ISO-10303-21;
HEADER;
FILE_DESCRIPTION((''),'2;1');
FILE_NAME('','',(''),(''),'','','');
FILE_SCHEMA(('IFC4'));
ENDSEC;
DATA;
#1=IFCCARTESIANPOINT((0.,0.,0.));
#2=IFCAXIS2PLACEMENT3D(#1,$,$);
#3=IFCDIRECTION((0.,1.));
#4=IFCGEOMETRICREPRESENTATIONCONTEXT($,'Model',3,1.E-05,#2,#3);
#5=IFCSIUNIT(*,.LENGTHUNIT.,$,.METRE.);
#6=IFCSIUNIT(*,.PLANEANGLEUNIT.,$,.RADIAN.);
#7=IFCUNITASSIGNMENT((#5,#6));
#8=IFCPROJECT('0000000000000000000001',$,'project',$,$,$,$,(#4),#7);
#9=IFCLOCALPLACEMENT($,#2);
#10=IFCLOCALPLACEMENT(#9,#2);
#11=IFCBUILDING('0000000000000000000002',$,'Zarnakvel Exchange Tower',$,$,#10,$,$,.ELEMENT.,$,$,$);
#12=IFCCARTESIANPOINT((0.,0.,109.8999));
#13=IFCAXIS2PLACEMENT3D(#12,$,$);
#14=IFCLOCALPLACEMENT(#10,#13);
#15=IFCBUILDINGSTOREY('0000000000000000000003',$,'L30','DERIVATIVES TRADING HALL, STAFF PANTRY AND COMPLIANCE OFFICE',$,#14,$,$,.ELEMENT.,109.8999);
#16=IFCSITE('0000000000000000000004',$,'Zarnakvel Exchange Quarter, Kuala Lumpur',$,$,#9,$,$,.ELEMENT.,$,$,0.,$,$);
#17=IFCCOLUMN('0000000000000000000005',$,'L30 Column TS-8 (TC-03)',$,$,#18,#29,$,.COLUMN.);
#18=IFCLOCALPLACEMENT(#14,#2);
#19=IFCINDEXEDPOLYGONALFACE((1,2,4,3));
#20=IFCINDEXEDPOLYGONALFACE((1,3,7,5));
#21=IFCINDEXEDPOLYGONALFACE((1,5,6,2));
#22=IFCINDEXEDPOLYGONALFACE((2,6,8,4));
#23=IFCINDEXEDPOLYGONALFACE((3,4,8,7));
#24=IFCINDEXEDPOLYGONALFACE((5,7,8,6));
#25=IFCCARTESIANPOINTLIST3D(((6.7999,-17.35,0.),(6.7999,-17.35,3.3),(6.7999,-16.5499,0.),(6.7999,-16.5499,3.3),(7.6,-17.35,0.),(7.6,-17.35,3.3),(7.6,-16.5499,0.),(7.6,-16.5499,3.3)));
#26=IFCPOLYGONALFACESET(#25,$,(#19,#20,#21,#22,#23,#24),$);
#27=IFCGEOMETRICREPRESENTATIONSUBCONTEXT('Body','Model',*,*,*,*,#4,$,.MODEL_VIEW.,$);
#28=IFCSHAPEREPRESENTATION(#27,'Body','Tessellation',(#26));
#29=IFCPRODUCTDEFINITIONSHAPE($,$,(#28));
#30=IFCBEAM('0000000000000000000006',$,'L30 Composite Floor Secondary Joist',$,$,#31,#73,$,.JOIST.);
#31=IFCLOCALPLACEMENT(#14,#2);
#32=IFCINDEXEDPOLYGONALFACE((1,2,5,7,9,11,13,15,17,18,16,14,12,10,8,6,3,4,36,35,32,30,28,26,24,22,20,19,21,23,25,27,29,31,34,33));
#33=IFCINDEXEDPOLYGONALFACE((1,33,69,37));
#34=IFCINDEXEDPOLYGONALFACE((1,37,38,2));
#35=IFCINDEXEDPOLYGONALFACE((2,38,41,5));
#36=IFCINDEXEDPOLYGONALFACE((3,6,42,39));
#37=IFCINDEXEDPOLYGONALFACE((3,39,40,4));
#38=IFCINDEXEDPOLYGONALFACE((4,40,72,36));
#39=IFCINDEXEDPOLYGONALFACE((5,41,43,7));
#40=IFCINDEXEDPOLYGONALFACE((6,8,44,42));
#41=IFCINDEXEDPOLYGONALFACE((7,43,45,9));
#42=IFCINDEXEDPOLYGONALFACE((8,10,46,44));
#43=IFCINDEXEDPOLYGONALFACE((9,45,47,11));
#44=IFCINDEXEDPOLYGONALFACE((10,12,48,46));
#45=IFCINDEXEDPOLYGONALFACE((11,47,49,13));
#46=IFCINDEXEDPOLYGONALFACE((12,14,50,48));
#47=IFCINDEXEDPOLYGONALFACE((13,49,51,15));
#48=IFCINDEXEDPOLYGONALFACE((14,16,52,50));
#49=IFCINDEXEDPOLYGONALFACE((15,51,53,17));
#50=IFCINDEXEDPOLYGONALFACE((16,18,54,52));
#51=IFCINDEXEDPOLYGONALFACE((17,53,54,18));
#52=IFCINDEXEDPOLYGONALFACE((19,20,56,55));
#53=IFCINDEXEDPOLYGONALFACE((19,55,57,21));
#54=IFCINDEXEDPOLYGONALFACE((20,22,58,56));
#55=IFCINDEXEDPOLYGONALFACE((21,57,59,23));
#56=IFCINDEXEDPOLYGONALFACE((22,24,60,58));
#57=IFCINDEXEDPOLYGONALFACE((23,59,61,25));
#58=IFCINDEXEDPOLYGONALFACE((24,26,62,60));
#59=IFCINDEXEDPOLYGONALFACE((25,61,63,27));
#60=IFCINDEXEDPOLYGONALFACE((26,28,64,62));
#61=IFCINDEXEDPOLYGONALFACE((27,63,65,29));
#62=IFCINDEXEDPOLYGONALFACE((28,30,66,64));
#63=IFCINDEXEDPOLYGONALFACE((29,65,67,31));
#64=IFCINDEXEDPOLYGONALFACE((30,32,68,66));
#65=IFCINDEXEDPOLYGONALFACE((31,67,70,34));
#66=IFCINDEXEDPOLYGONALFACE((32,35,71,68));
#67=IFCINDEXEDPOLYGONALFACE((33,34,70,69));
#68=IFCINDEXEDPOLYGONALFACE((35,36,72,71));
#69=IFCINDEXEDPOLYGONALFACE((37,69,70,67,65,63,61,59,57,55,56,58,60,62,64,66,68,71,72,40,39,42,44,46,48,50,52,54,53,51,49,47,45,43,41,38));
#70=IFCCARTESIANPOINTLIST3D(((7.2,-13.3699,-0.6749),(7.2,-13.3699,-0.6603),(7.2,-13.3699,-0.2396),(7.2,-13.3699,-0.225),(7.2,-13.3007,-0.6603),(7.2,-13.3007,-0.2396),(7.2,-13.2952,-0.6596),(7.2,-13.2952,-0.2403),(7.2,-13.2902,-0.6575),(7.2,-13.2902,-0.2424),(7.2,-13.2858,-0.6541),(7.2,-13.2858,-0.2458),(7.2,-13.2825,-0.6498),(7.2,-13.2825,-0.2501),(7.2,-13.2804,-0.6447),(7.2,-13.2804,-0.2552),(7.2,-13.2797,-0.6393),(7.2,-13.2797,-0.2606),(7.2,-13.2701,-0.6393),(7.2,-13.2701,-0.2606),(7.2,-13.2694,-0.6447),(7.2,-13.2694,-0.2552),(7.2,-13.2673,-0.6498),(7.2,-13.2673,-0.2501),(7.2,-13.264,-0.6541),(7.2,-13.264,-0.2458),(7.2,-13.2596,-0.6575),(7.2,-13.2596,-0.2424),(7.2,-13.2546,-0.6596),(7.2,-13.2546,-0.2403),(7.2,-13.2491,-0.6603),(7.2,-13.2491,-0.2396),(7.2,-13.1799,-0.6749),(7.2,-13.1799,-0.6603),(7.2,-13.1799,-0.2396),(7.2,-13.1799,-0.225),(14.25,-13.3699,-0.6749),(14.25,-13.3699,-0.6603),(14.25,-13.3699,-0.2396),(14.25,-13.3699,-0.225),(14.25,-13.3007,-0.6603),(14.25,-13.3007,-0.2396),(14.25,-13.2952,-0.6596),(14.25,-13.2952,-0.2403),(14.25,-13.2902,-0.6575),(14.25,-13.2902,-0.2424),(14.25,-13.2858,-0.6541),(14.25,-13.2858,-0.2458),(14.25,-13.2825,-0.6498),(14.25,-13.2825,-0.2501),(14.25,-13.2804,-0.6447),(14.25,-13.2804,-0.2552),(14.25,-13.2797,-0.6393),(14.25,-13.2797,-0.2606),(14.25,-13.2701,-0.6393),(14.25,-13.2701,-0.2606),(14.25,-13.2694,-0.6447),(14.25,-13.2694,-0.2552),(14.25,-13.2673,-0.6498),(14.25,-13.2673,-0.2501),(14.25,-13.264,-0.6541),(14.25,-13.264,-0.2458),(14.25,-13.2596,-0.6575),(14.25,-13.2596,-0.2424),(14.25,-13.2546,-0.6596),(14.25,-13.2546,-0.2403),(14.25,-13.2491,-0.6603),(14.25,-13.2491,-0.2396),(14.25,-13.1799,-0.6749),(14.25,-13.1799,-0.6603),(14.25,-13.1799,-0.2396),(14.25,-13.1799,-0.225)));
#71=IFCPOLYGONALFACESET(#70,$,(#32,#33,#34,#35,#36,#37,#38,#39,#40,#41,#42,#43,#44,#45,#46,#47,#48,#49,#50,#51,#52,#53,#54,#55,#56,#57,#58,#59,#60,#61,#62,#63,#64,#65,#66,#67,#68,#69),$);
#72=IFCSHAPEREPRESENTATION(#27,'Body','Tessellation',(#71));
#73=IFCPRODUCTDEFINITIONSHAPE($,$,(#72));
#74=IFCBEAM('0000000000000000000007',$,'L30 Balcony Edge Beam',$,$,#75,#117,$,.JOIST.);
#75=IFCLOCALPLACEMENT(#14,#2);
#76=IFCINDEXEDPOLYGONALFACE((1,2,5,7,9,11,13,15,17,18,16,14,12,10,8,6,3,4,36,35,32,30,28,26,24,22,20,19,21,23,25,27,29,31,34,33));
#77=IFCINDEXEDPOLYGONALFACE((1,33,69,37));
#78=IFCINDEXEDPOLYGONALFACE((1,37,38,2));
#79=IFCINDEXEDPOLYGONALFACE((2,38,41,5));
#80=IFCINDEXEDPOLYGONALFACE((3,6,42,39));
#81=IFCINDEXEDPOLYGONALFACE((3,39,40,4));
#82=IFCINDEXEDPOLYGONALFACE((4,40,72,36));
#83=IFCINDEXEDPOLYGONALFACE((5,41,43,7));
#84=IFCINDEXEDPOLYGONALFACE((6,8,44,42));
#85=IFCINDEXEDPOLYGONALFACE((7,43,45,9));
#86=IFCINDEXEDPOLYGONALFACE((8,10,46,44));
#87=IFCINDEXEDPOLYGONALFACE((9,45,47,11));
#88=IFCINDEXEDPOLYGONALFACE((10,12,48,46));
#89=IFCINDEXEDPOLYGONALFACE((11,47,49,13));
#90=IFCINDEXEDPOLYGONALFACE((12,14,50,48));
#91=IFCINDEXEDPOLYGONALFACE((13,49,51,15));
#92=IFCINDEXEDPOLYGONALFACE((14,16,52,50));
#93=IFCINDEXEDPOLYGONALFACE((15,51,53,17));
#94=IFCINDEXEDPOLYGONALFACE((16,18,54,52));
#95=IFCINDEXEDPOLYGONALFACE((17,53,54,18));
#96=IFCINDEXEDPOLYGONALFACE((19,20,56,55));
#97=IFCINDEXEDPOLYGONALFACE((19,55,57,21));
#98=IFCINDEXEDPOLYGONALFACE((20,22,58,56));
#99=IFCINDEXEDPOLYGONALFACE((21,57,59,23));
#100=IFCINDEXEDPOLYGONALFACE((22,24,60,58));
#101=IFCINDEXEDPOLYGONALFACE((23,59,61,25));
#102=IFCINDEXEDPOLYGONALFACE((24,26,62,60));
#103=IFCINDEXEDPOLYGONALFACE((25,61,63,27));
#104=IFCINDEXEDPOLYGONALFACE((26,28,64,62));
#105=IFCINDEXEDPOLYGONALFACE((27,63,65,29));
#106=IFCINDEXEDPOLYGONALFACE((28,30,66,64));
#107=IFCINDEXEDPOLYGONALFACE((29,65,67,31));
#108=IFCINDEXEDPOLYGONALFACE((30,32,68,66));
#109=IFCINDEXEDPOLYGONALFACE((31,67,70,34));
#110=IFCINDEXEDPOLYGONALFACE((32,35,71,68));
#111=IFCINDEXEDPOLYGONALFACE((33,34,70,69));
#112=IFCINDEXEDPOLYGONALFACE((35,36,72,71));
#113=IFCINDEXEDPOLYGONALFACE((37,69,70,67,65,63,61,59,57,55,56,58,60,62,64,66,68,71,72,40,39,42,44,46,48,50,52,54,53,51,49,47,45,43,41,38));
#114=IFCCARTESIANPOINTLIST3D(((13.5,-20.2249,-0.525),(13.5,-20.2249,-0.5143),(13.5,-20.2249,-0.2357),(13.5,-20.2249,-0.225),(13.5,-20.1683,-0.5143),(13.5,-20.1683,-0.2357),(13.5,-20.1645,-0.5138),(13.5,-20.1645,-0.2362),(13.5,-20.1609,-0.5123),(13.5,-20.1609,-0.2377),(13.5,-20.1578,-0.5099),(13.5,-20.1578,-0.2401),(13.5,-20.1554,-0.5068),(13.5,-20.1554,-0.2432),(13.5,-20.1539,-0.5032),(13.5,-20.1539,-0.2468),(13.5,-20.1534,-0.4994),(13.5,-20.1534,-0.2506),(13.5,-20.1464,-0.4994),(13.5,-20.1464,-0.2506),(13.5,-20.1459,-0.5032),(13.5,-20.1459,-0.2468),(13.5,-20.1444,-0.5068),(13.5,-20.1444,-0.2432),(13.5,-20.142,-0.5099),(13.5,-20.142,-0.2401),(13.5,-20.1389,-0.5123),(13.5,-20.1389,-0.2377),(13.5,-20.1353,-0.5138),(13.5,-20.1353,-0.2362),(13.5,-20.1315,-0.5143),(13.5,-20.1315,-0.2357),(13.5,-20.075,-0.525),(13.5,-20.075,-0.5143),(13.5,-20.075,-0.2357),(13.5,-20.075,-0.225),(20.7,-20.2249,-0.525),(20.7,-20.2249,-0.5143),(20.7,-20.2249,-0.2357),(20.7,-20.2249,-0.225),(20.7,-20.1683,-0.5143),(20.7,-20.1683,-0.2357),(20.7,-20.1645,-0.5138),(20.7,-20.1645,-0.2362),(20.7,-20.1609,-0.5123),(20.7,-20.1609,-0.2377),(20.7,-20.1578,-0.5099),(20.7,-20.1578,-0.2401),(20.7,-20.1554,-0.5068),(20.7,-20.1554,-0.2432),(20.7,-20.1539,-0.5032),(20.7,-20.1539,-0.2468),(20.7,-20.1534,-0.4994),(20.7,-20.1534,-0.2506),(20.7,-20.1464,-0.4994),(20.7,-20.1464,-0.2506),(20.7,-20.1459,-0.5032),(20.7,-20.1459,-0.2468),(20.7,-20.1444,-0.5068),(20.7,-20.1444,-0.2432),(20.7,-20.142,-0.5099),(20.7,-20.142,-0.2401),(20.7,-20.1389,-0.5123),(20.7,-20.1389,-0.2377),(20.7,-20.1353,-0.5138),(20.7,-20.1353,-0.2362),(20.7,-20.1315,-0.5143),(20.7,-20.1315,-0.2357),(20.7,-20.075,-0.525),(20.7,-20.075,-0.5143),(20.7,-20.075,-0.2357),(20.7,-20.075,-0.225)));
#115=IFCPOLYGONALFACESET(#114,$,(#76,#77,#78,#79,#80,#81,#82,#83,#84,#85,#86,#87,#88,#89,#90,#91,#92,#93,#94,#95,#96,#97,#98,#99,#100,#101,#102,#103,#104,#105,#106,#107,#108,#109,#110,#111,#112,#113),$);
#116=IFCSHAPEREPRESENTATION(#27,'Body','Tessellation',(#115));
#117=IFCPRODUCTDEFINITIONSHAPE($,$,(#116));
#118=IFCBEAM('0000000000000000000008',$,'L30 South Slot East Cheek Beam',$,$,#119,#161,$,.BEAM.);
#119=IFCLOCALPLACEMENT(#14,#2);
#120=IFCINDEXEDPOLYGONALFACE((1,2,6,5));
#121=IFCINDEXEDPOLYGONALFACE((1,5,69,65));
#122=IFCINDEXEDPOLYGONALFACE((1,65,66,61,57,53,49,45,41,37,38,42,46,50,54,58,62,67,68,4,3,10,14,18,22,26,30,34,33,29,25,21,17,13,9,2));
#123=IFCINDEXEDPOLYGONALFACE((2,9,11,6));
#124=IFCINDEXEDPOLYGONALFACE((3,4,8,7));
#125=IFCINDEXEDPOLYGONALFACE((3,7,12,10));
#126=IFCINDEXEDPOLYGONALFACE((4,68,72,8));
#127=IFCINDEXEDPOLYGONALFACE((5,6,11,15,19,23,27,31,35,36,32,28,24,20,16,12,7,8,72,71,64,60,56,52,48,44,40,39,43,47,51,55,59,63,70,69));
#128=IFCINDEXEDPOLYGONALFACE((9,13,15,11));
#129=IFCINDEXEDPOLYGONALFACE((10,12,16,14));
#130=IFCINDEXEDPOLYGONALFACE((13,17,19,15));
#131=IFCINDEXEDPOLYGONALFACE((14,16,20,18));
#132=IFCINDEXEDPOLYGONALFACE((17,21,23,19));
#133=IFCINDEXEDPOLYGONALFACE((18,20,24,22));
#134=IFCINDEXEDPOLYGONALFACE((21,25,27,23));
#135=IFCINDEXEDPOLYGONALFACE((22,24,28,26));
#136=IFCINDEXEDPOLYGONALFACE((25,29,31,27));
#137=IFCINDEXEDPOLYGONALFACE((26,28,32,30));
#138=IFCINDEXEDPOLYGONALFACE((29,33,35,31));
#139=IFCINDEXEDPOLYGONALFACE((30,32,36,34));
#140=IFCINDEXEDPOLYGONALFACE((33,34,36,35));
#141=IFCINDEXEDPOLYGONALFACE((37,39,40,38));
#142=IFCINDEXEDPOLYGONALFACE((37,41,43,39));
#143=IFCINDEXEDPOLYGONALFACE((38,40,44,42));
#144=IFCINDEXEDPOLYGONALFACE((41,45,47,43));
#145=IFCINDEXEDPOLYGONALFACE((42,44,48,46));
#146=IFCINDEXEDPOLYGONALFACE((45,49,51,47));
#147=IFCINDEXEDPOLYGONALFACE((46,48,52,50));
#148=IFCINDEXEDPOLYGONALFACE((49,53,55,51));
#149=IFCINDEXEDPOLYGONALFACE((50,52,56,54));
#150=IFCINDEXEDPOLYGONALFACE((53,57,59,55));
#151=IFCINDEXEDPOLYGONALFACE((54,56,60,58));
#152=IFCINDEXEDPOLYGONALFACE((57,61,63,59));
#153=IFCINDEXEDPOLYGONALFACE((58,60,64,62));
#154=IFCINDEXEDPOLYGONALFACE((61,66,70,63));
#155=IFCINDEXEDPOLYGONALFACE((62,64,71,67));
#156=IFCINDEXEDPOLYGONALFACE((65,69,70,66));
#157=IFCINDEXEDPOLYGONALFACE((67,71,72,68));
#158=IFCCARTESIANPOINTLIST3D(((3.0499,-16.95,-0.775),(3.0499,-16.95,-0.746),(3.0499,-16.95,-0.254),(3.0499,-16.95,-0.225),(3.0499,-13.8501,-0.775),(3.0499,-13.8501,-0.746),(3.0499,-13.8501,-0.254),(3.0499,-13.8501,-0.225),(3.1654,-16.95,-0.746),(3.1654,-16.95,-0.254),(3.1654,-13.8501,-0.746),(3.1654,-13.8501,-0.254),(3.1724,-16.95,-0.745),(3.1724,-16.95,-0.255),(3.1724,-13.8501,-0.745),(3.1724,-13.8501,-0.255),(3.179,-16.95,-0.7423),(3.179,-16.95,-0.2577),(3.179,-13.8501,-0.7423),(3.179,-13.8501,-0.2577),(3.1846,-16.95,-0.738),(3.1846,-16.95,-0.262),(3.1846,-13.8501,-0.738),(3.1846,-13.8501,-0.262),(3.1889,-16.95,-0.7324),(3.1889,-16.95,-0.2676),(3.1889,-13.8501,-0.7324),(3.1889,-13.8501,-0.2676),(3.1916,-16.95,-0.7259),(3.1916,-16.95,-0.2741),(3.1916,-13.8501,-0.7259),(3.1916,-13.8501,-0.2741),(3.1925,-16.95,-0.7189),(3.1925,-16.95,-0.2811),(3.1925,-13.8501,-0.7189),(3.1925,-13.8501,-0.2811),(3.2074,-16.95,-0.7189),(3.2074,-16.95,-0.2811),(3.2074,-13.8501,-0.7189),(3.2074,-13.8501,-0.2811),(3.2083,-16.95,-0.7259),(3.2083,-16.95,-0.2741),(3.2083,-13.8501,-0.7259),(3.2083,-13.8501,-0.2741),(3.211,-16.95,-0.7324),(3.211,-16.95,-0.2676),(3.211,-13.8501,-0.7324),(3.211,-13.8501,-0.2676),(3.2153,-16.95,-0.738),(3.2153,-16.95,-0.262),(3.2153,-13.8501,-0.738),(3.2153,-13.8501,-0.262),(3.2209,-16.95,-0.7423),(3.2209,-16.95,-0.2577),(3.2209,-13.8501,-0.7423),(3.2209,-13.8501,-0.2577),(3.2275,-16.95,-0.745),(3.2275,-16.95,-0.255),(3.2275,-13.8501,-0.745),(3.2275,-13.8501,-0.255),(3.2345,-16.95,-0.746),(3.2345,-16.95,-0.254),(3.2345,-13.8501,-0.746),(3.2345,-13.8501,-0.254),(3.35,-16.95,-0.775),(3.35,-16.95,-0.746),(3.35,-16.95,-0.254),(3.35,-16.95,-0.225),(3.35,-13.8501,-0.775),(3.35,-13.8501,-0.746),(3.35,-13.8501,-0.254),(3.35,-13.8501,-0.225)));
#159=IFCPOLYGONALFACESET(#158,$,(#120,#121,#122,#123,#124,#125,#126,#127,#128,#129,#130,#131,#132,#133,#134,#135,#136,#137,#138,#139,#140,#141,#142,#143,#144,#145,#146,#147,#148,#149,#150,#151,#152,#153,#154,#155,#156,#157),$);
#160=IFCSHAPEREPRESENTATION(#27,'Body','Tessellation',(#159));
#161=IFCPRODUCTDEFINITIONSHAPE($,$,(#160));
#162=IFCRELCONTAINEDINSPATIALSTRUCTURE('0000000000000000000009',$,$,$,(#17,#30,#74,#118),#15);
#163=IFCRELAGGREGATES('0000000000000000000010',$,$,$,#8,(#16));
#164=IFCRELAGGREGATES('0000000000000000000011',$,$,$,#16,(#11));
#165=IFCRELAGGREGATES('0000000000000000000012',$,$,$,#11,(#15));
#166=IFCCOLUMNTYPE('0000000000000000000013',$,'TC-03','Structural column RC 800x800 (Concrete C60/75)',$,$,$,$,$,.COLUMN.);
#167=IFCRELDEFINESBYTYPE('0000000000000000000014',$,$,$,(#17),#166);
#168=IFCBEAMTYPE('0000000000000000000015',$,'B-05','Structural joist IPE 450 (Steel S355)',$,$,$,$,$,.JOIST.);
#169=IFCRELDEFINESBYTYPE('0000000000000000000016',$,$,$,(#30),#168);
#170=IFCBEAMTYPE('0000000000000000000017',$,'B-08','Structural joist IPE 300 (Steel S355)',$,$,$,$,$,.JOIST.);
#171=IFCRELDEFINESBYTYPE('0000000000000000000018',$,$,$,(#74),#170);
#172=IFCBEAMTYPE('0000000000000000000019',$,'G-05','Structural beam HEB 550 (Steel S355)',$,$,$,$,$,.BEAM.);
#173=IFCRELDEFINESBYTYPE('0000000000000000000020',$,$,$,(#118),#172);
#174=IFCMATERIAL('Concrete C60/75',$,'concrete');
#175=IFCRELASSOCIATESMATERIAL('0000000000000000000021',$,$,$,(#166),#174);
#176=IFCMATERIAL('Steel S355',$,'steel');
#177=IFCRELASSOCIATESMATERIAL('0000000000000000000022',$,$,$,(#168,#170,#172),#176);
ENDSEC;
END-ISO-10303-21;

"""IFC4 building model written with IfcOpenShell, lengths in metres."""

from ifc_helpers import new_model, si_unit, direction, frame, origin, origin_2d, place, context, subcontext, project, spatial, rectangle, i_section, extrude, material, material_profile, profile_set, type_object, element, save


model = new_model("IFC4")

# Units and contexts
model_context = context("Model", 3, precision=1e-05, world=origin(), true_north=direction((0.0, 1.0)))
body_context = subcontext(model_context, "Body", "Model", "MODEL_VIEW")
ifc_project = project(units=[si_unit("LENGTHUNIT", "METRE"), si_unit("PLANEANGLEUNIT", "RADIAN")], contexts=[model_context])

# Site, building, storey
site_placement = place(None, origin())
site = spatial("IfcSite", under=ifc_project, at=site_placement, Name="Zarnakvel Exchange Quarter, Kuala Lumpur", CompositionType="ELEMENT", RefElevation=0.0)
building_placement = place(site_placement, origin())
building = spatial("IfcBuilding", under=site, at=building_placement, Name="Zarnakvel Exchange Tower", CompositionType="ELEMENT")
storey_placement = place(building_placement, frame((0.0, 0.0, 109.8999)))
storey = spatial("IfcBuildingStorey", under=building, at=storey_placement, Name="L30", Description="DERIVATIVES TRADING HALL, STAFF PANTRY AND COMPLIANCE OFFICE", CompositionType="ELEMENT", Elevation=109.8999)

# Column
ifc_material_1 = material(Name="Concrete C60/75", Category="concrete")
ifc_material_profile_1 = material_profile(ifc_material_1, rectangle(XDim=0.8, YDim=0.8, at=origin_2d()))
ifc_profile_set_1 = profile_set([ifc_material_profile_1], Name="Concrete C60/75")
column_type = type_object("IfcColumnType", Name="TC-03", Description="Structural column RC 800x800 (Concrete C60/75)", PredefinedType="COLUMN", material=ifc_profile_set_1)
column_placement = place(storey_placement, frame((7.2, -16.95, 0.0), z_axis=(0.0, 0.0, 1.0), x_axis=(1.0, 0.0, 0.0)))
element("IfcColumn", 1, at=column_placement, inside=storey, type_object=column_type, Name="L30 Column TS-8 (TC-03)", PredefinedType="COLUMN", context=body_context, shape_type="SweptSolid", body=[
    extrude(rectangle(XDim=0.8, YDim=0.8, at=origin_2d()), origin(), (0.0, 0.0, 1.0), 3.3),
])

# Beams
ifc_material_2 = material(Name="Steel S355", Category="steel")
ifc_material_profile_2 = material_profile(ifc_material_2, i_section(OverallWidth=0.1899, OverallDepth=0.45, WebThickness=0.0095, FlangeThickness=0.0146, FilletRadius=0.021, at=origin_2d()))
ifc_profile_set_2 = profile_set([ifc_material_profile_2], Name="Steel S355")
beam_type_1 = type_object("IfcBeamType", Name="B-05", Description="Structural joist IPE 450 (Steel S355)", PredefinedType="JOIST", material=ifc_profile_set_2)
beam_1_placement = place(storey_placement, frame((7.2, -13.2749, -0.45), z_axis=(1.0, 0.0, 0.0), x_axis=(0.0, 1.0, 0.0)))
element("IfcBeam", 2, at=beam_1_placement, inside=storey, type_object=beam_type_1, Name="L30 Composite Floor Secondary Joist", PredefinedType="JOIST", context=body_context, shape_type="SweptSolid", body=[
    extrude(i_section(OverallWidth=0.1899, OverallDepth=0.45, WebThickness=0.0095, FlangeThickness=0.0146, FilletRadius=0.021, at=origin_2d()), origin(), (0.0, 0.0, 1.0), 7.05),
])
ifc_material_profile_3 = material_profile(ifc_material_2, i_section(OverallWidth=0.1499, OverallDepth=0.3, WebThickness=0.0071, FlangeThickness=0.0107, FilletRadius=0.0149, at=origin_2d()))
ifc_profile_set_3 = profile_set([ifc_material_profile_3], Name="Steel S355")
beam_type_2 = type_object("IfcBeamType", Name="B-08", Description="Structural joist IPE 300 (Steel S355)", PredefinedType="JOIST", material=ifc_profile_set_3)
beam_2_placement = place(storey_placement, frame((13.5, -20.1499, -0.375), z_axis=(1.0, 0.0, 0.0), x_axis=(0.0, 1.0, 0.0)))
element("IfcBeam", 3, at=beam_2_placement, inside=storey, type_object=beam_type_2, Name="L30 Balcony Edge Beam", PredefinedType="JOIST", context=body_context, shape_type="SweptSolid", body=[
    extrude(i_section(OverallWidth=0.1499, OverallDepth=0.3, WebThickness=0.0071, FlangeThickness=0.0107, FilletRadius=0.0149, at=origin_2d()), origin(), (0.0, 0.0, 1.0), 7.2),
])
ifc_material_profile_4 = material_profile(ifc_material_2, i_section(OverallWidth=0.3, OverallDepth=0.55, WebThickness=0.0149, FlangeThickness=0.0291, FilletRadius=0.0271, at=origin_2d()))
ifc_profile_set_4 = profile_set([ifc_material_profile_4], Name="Steel S355")
beam_type_3 = type_object("IfcBeamType", Name="G-05", Description="Structural beam HEB 550 (Steel S355)", PredefinedType="BEAM", material=ifc_profile_set_4)
beam_3_placement = place(storey_placement, frame((3.2, -16.95, -0.5), z_axis=(0.0, 1.0, 0.0), x_axis=(-1.0, 0.0, 0.0)))
element("IfcBeam", 4, at=beam_3_placement, inside=storey, type_object=beam_type_3, Name="L30 South Slot East Cheek Beam", PredefinedType="BEAM", context=body_context, shape_type="SweptSolid", body=[
    extrude(i_section(OverallWidth=0.3, OverallDepth=0.55, WebThickness=0.0149, FlangeThickness=0.0291, FilletRadius=0.0271, at=origin_2d()), origin(), (0.0, 0.0, 1.0), 3.0999),
])

save(model, "model.ifc")
